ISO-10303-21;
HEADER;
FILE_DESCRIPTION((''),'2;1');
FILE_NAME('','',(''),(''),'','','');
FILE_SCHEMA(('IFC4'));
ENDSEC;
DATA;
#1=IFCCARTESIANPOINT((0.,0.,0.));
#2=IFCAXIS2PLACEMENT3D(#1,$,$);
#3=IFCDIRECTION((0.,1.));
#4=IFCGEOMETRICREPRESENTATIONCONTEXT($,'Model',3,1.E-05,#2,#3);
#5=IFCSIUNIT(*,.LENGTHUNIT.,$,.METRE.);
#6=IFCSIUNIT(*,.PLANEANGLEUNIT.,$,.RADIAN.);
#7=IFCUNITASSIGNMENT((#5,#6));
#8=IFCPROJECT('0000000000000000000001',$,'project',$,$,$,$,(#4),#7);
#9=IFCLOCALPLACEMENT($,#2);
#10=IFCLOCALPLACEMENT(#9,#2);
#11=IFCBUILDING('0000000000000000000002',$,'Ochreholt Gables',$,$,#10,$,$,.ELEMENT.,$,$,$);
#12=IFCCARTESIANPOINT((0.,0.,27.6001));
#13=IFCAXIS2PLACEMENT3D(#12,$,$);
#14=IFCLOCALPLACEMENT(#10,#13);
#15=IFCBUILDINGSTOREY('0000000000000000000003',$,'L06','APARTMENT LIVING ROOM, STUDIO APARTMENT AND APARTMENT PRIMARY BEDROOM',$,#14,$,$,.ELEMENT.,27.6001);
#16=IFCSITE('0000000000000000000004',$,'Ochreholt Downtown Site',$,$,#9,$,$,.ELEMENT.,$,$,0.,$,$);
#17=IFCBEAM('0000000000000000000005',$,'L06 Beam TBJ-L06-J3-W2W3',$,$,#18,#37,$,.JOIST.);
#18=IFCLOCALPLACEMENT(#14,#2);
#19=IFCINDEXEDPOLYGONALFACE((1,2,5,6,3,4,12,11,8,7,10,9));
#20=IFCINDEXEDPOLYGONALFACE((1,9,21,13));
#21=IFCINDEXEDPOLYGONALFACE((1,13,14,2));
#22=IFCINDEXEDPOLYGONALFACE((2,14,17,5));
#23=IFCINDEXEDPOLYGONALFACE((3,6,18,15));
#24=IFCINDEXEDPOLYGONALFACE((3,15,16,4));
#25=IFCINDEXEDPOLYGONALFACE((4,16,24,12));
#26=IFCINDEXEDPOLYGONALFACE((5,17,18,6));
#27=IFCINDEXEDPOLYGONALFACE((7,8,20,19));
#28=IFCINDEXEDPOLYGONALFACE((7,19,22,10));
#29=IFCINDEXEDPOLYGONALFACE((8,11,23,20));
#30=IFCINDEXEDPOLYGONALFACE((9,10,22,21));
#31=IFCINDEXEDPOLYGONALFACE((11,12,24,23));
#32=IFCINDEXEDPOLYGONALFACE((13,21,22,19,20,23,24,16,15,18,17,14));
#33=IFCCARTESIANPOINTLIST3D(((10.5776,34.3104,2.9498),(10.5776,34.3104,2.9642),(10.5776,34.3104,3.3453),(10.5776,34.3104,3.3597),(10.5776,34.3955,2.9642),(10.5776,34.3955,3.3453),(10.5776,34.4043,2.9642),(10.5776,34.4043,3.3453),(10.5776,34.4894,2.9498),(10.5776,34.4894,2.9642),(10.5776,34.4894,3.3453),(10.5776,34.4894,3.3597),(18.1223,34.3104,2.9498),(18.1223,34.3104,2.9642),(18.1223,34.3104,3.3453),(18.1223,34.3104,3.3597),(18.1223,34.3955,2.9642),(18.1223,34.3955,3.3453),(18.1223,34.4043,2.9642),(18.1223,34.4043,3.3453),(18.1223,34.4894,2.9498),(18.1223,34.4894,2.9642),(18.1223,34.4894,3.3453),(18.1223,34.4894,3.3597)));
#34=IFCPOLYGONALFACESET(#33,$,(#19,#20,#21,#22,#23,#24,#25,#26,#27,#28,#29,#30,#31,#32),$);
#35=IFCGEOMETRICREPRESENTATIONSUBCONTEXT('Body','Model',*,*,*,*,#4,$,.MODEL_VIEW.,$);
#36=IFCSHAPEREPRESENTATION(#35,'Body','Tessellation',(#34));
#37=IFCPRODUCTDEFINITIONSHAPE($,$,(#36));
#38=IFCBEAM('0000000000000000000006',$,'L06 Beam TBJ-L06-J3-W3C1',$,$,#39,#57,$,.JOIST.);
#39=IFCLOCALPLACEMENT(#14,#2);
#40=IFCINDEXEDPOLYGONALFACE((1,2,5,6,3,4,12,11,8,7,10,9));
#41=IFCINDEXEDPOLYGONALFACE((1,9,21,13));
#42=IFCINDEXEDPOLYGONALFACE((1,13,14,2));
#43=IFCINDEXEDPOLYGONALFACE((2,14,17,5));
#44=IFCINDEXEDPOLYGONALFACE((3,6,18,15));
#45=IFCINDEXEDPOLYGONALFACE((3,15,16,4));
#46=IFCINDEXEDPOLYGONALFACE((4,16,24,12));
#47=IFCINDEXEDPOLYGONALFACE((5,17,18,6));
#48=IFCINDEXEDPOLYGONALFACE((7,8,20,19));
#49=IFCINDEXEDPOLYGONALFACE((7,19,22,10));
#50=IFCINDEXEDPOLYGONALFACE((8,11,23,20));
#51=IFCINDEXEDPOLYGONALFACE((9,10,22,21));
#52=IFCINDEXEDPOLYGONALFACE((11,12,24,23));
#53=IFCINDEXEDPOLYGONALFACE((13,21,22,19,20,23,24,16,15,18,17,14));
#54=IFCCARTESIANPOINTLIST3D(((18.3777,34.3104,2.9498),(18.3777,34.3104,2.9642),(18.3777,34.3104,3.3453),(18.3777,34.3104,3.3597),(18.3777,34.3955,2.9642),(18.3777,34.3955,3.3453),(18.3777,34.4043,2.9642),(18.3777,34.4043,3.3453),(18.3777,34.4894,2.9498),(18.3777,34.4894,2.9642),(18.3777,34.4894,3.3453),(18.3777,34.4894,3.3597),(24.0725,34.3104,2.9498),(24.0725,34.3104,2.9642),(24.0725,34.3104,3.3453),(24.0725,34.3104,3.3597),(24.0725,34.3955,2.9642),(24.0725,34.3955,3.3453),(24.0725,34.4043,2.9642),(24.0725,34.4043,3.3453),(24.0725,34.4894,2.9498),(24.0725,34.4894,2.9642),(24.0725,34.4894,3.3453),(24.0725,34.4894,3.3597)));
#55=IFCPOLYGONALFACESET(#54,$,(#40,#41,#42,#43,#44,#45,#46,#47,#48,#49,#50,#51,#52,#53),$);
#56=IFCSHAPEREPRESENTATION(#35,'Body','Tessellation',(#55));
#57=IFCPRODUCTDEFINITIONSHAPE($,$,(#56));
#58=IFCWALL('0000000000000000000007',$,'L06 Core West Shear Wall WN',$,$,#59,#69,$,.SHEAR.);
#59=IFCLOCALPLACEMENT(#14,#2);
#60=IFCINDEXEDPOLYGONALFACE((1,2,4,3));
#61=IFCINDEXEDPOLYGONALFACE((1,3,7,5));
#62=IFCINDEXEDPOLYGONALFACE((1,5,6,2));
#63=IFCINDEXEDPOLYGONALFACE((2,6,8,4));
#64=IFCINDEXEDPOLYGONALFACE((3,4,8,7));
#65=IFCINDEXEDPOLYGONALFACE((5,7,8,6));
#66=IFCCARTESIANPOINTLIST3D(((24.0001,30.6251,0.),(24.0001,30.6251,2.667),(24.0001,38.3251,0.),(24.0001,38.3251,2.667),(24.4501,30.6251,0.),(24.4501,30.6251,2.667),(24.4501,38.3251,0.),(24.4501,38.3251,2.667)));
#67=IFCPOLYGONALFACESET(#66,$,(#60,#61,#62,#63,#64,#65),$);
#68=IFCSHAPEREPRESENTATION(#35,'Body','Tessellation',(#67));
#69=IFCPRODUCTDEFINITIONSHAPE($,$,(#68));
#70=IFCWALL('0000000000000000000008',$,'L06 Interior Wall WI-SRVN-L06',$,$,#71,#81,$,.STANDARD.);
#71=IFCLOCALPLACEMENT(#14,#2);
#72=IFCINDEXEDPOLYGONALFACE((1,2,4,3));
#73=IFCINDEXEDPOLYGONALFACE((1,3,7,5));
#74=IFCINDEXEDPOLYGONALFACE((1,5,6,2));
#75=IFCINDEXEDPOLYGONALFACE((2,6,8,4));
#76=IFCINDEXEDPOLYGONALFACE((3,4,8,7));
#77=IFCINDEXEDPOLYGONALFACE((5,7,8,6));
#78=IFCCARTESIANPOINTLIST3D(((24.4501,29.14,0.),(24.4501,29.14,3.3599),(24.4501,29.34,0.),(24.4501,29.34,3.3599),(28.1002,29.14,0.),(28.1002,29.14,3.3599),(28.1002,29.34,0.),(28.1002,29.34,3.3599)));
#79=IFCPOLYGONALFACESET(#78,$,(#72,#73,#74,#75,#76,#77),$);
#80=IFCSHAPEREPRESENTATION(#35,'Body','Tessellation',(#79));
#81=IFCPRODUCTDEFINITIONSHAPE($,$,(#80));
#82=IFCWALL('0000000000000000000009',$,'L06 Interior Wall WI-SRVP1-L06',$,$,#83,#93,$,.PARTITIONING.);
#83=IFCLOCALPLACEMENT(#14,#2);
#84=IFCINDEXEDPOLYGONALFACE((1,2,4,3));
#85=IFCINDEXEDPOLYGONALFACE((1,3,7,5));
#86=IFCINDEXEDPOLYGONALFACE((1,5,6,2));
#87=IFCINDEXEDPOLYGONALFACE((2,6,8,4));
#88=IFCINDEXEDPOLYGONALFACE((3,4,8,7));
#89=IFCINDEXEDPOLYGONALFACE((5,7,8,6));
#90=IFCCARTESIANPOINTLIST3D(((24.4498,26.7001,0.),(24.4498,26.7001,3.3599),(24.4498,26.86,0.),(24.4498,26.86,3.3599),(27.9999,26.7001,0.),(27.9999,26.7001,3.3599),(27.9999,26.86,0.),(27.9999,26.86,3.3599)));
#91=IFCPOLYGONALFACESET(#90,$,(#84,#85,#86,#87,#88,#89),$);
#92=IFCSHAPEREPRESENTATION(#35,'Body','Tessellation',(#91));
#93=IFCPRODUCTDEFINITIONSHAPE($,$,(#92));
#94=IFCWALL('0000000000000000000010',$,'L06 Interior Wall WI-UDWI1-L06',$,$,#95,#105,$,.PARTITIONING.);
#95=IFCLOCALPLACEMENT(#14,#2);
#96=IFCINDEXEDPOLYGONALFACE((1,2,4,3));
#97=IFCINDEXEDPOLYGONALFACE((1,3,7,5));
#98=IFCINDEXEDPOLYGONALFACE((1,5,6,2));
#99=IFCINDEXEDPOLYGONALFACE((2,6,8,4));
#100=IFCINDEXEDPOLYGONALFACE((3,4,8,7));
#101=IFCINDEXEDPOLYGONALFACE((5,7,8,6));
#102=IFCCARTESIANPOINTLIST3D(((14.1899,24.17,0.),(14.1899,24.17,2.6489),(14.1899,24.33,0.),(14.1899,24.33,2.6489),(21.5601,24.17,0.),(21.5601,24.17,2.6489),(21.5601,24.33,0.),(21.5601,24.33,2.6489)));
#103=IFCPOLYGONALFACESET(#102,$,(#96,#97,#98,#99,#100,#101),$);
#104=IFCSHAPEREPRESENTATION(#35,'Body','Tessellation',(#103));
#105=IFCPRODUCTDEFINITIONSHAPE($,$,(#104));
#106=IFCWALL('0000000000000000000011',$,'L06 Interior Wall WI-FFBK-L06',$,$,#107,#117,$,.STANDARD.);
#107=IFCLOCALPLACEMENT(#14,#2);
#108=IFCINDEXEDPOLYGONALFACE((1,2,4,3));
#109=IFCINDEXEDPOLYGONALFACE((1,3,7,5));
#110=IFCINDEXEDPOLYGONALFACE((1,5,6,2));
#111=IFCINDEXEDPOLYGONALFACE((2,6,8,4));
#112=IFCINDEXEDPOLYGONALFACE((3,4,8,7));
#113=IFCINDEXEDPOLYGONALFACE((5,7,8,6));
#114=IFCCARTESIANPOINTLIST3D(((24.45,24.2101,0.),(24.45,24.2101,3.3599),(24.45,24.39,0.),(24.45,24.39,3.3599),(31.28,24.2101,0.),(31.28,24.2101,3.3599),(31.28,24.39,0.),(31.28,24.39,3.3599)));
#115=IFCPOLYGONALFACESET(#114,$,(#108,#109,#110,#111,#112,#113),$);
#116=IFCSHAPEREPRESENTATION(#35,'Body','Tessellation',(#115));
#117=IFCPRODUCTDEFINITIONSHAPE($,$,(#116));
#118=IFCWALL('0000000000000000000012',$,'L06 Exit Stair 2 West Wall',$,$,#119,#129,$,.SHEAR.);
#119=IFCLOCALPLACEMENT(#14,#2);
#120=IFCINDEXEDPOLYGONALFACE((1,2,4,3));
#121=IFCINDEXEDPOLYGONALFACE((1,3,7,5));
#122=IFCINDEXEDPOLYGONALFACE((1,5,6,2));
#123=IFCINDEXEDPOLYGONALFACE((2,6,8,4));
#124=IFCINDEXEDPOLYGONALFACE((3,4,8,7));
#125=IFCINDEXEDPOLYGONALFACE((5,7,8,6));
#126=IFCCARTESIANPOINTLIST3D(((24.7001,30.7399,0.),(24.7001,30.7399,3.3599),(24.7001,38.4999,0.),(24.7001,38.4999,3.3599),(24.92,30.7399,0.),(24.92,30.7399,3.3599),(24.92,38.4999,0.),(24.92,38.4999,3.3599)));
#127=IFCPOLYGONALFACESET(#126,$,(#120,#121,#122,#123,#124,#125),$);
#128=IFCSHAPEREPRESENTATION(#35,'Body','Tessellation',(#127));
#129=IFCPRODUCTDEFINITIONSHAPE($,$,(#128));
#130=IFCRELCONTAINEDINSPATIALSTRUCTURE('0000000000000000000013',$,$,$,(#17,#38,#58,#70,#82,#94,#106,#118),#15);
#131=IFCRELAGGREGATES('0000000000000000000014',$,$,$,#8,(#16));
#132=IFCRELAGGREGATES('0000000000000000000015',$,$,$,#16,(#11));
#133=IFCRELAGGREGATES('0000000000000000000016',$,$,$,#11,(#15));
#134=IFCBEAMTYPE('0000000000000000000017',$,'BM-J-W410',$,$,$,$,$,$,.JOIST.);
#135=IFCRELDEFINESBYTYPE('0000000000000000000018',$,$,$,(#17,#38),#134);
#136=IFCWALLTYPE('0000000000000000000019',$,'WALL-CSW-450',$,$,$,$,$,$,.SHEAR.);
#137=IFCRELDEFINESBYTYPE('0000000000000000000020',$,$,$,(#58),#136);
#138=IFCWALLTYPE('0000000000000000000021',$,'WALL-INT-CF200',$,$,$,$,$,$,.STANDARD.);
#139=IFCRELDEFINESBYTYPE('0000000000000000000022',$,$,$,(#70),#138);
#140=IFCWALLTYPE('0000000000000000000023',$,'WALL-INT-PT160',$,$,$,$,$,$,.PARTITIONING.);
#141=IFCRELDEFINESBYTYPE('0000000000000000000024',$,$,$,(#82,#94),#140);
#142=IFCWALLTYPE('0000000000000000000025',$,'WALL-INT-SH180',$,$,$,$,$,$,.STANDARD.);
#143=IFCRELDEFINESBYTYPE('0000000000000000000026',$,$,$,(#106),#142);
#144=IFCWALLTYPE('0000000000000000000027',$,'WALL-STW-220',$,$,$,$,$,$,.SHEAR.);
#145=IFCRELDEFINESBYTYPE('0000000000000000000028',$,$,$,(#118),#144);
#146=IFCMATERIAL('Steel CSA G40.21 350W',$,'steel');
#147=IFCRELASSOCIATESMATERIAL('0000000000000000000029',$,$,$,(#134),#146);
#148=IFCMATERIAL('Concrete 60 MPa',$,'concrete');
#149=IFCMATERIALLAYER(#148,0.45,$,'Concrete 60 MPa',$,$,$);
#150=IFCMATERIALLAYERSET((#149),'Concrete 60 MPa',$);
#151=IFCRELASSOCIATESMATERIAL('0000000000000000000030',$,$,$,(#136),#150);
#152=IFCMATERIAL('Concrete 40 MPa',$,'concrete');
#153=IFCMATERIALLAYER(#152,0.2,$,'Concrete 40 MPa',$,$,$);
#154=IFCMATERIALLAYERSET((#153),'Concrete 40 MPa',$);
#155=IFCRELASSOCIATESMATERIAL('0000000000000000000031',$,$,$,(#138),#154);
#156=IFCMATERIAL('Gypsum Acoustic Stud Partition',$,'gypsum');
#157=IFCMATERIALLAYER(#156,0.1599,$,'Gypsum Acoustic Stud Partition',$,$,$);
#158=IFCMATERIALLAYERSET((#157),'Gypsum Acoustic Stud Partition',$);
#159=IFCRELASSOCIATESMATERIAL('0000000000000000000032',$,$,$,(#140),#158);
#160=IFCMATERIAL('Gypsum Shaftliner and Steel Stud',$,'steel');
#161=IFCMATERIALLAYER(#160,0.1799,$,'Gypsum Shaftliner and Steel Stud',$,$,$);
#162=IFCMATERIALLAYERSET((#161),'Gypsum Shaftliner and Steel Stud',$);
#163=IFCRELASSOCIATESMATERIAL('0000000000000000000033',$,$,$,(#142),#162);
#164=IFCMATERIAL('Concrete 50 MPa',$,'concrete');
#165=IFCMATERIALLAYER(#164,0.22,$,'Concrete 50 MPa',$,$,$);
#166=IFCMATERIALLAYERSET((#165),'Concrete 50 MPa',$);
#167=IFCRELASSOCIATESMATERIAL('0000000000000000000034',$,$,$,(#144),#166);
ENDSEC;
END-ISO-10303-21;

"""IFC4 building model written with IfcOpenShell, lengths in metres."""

from ifc_helpers import new_model, si_unit, direction, frame, frame_2d, origin, origin_2d, place, context, subcontext, project, spatial, rectangle, i_section, extrude, material, layer, layer_set, material_profile, profile_set, type_object, element, save


model = new_model("IFC4")

# Units and contexts
model_context = context("Model", 3, precision=1e-05, world=origin(), true_north=direction((0.0, 1.0)))
body_context = subcontext(model_context, "Body", "Model", "MODEL_VIEW")
ifc_project = project(units=[si_unit("LENGTHUNIT", "METRE"), si_unit("PLANEANGLEUNIT", "RADIAN")], contexts=[model_context])

# Site, building, storey
site_placement = place(None, origin())
site = spatial("IfcSite", under=ifc_project, at=site_placement, Name="Ochreholt Downtown Site", CompositionType="ELEMENT", RefElevation=0.0)
building_placement = place(site_placement, origin())
building = spatial("IfcBuilding", under=site, at=building_placement, Name="Ochreholt Gables", CompositionType="ELEMENT")
storey_placement = place(building_placement, frame((0.0, 0.0, 27.6001)))
storey = spatial("IfcBuildingStorey", under=building, at=storey_placement, Name="L06", Description="APARTMENT LIVING ROOM, STUDIO APARTMENT AND APARTMENT PRIMARY BEDROOM", CompositionType="ELEMENT", Elevation=27.6001)

# Shared definitions
ifc_material_1 = material(Name="Concrete 60 MPa", Category="concrete")

# Beams
ifc_material_2 = material(Name="Steel CSA G40.21 350W", Category="steel")
ifc_material_profile_1 = material_profile(ifc_material_2, i_section(OverallWidth=0.179, OverallDepth=0.4099, WebThickness=0.0088, FlangeThickness=0.0144, at=origin_2d()), Name="W410X67")
ifc_profile_set_1 = profile_set([ifc_material_profile_1], Name="Steel CSA G40.21 350W")
beam_type_1 = type_object("IfcBeamType", Name="BM-J-W410", PredefinedType="JOIST", material=ifc_profile_set_1)
beam_1_placement = place(storey_placement, frame((10.5776, 34.3999, 3.1548), z_axis=(1.0, 0.0, 0.0), x_axis=(0.0, 1.0, 0.0)))
element("IfcBeam", 1, at=beam_1_placement, inside=storey, type_object=beam_type_1, Name="L06 Beam TBJ-L06-J3-W2W3", PredefinedType="JOIST", context=body_context, shape_type="SweptSolid", body=[
    extrude(i_section(OverallWidth=0.179, OverallDepth=0.4099, WebThickness=0.0088, FlangeThickness=0.0144, at=origin_2d()), origin(), (0.0, 0.0, 1.0), 7.5447),
])
beam_2_placement = place(storey_placement, frame((18.3777, 34.3999, 3.1548), z_axis=(1.0, 0.0, 0.0), x_axis=(0.0, 1.0, 0.0)))
element("IfcBeam", 2, at=beam_2_placement, inside=storey, type_object=beam_type_1, Name="L06 Beam TBJ-L06-J3-W3C1", PredefinedType="JOIST", context=body_context, shape_type="SweptSolid", body=[
    extrude(i_section(OverallWidth=0.179, OverallDepth=0.4099, WebThickness=0.0088, FlangeThickness=0.0144, at=origin_2d()), origin(), (0.0, 0.0, 1.0), 5.6948),
])

# Walls
ifc_layer_1 = layer(ifc_material_1, 0.45, Name="Concrete 60 MPa")
ifc_layer_set_1 = layer_set([ifc_layer_1], Name="Concrete 60 MPa")
wall_type_1 = type_object("IfcWallType", Name="WALL-CSW-450", PredefinedType="SHEAR", material=ifc_layer_set_1)
wall_1_placement = place(storey_placement, frame((24.2251, 30.625, 0.0), z_axis=(0.0, 0.0, 1.0), x_axis=(0.0, 1.0, 0.0)))
element("IfcWall", 3, at=wall_1_placement, inside=storey, type_object=wall_type_1, Name="L06 Core West Shear Wall WN", PredefinedType="SHEAR", context=body_context, shape_type="SweptSolid", body=[
    extrude(rectangle(XDim=7.7, YDim=0.45, at=frame_2d((3.8501, 0.0))), origin(), (0.0, 0.0, 1.0), 2.667),
])
ifc_material_3 = material(Name="Concrete 40 MPa", Category="concrete")
ifc_layer_2 = layer(ifc_material_3, 0.2, Name="Concrete 40 MPa")
ifc_layer_set_2 = layer_set([ifc_layer_2], Name="Concrete 40 MPa")
wall_type_2 = type_object("IfcWallType", Name="WALL-INT-CF200", PredefinedType="STANDARD", material=ifc_layer_set_2)
wall_2_placement = place(storey_placement, frame((24.45, 29.24, 0.0), z_axis=(0.0, 0.0, 1.0), x_axis=(1.0, 0.0, 0.0)))
element("IfcWall", 4, at=wall_2_placement, inside=storey, type_object=wall_type_2, Name="L06 Interior Wall WI-SRVN-L06", PredefinedType="STANDARD", context=body_context, shape_type="SweptSolid", body=[
    extrude(rectangle(XDim=3.6501, YDim=0.2, at=frame_2d((1.8252, 0.0))), origin(), (0.0, 0.0, 1.0), 3.3599),
])
ifc_material_4 = material(Name="Gypsum Acoustic Stud Partition", Category="gypsum")
ifc_layer_3 = layer(ifc_material_4, 0.1599, Name="Gypsum Acoustic Stud Partition")
ifc_layer_set_3 = layer_set([ifc_layer_3], Name="Gypsum Acoustic Stud Partition")
wall_type_3 = type_object("IfcWallType", Name="WALL-INT-PT160", PredefinedType="PARTITIONING", material=ifc_layer_set_3)
wall_3_placement = place(storey_placement, frame((24.45, 26.78, 0.0), z_axis=(0.0, 0.0, 1.0), x_axis=(1.0, 0.0, 0.0)))
element("IfcWall", 5, at=wall_3_placement, inside=storey, type_object=wall_type_3, Name="L06 Interior Wall WI-SRVP1-L06", PredefinedType="PARTITIONING", context=body_context, shape_type="SweptSolid", body=[
    extrude(rectangle(XDim=3.55, YDim=0.1599, at=frame_2d((1.7749, 0.0))), origin(), (0.0, 0.0, 1.0), 3.3599),
])
wall_4_placement = place(storey_placement, frame((14.1899, 24.25, 0.0), z_axis=(0.0, 0.0, 1.0), x_axis=(1.0, 0.0, 0.0)))
element("IfcWall", 6, at=wall_4_placement, inside=storey, type_object=wall_type_3, Name="L06 Interior Wall WI-UDWI1-L06", PredefinedType="PARTITIONING", context=body_context, shape_type="SweptSolid", body=[
    extrude(rectangle(XDim=7.3701, YDim=0.1599, at=frame_2d((3.6851, 0.0))), origin(), (0.0, 0.0, 1.0), 2.6489),
])
ifc_material_5 = material(Name="Gypsum Shaftliner and Steel Stud", Category="steel")
ifc_layer_4 = layer(ifc_material_5, 0.1799, Name="Gypsum Shaftliner and Steel Stud")
ifc_layer_set_4 = layer_set([ifc_layer_4], Name="Gypsum Shaftliner and Steel Stud")
wall_type_4 = type_object("IfcWallType", Name="WALL-INT-SH180", PredefinedType="STANDARD", material=ifc_layer_set_4)
wall_5_placement = place(storey_placement, frame((24.45, 24.3, 0.0), z_axis=(0.0, 0.0, 1.0), x_axis=(1.0, 0.0, 0.0)))
element("IfcWall", 7, at=wall_5_placement, inside=storey, type_object=wall_type_4, Name="L06 Interior Wall WI-FFBK-L06", PredefinedType="STANDARD", context=body_context, shape_type="SweptSolid", body=[
    extrude(rectangle(XDim=6.8301, YDim=0.1799, at=frame_2d((3.415, 0.0))), origin(), (0.0, 0.0, 1.0), 3.3599),
])
ifc_material_6 = material(Name="Concrete 50 MPa", Category="concrete")
ifc_layer_5 = layer(ifc_material_6, 0.22, Name="Concrete 50 MPa")
ifc_layer_set_5 = layer_set([ifc_layer_5], Name="Concrete 50 MPa")
wall_type_5 = type_object("IfcWallType", Name="WALL-STW-220", PredefinedType="SHEAR", material=ifc_layer_set_5)
wall_6_placement = place(storey_placement, frame((24.8101, 30.74, 0.0), z_axis=(0.0, 0.0, 1.0), x_axis=(0.0, 1.0, 0.0)))
element("IfcWall", 8, at=wall_6_placement, inside=storey, type_object=wall_type_5, Name="L06 Exit Stair 2 West Wall", PredefinedType="SHEAR", context=body_context, shape_type="SweptSolid", body=[
    extrude(rectangle(XDim=7.76, YDim=0.22, at=frame_2d((3.8799, 0.0))), origin(), (0.0, 0.0, 1.0), 3.3599),
])

save(model, "model.ifc")
